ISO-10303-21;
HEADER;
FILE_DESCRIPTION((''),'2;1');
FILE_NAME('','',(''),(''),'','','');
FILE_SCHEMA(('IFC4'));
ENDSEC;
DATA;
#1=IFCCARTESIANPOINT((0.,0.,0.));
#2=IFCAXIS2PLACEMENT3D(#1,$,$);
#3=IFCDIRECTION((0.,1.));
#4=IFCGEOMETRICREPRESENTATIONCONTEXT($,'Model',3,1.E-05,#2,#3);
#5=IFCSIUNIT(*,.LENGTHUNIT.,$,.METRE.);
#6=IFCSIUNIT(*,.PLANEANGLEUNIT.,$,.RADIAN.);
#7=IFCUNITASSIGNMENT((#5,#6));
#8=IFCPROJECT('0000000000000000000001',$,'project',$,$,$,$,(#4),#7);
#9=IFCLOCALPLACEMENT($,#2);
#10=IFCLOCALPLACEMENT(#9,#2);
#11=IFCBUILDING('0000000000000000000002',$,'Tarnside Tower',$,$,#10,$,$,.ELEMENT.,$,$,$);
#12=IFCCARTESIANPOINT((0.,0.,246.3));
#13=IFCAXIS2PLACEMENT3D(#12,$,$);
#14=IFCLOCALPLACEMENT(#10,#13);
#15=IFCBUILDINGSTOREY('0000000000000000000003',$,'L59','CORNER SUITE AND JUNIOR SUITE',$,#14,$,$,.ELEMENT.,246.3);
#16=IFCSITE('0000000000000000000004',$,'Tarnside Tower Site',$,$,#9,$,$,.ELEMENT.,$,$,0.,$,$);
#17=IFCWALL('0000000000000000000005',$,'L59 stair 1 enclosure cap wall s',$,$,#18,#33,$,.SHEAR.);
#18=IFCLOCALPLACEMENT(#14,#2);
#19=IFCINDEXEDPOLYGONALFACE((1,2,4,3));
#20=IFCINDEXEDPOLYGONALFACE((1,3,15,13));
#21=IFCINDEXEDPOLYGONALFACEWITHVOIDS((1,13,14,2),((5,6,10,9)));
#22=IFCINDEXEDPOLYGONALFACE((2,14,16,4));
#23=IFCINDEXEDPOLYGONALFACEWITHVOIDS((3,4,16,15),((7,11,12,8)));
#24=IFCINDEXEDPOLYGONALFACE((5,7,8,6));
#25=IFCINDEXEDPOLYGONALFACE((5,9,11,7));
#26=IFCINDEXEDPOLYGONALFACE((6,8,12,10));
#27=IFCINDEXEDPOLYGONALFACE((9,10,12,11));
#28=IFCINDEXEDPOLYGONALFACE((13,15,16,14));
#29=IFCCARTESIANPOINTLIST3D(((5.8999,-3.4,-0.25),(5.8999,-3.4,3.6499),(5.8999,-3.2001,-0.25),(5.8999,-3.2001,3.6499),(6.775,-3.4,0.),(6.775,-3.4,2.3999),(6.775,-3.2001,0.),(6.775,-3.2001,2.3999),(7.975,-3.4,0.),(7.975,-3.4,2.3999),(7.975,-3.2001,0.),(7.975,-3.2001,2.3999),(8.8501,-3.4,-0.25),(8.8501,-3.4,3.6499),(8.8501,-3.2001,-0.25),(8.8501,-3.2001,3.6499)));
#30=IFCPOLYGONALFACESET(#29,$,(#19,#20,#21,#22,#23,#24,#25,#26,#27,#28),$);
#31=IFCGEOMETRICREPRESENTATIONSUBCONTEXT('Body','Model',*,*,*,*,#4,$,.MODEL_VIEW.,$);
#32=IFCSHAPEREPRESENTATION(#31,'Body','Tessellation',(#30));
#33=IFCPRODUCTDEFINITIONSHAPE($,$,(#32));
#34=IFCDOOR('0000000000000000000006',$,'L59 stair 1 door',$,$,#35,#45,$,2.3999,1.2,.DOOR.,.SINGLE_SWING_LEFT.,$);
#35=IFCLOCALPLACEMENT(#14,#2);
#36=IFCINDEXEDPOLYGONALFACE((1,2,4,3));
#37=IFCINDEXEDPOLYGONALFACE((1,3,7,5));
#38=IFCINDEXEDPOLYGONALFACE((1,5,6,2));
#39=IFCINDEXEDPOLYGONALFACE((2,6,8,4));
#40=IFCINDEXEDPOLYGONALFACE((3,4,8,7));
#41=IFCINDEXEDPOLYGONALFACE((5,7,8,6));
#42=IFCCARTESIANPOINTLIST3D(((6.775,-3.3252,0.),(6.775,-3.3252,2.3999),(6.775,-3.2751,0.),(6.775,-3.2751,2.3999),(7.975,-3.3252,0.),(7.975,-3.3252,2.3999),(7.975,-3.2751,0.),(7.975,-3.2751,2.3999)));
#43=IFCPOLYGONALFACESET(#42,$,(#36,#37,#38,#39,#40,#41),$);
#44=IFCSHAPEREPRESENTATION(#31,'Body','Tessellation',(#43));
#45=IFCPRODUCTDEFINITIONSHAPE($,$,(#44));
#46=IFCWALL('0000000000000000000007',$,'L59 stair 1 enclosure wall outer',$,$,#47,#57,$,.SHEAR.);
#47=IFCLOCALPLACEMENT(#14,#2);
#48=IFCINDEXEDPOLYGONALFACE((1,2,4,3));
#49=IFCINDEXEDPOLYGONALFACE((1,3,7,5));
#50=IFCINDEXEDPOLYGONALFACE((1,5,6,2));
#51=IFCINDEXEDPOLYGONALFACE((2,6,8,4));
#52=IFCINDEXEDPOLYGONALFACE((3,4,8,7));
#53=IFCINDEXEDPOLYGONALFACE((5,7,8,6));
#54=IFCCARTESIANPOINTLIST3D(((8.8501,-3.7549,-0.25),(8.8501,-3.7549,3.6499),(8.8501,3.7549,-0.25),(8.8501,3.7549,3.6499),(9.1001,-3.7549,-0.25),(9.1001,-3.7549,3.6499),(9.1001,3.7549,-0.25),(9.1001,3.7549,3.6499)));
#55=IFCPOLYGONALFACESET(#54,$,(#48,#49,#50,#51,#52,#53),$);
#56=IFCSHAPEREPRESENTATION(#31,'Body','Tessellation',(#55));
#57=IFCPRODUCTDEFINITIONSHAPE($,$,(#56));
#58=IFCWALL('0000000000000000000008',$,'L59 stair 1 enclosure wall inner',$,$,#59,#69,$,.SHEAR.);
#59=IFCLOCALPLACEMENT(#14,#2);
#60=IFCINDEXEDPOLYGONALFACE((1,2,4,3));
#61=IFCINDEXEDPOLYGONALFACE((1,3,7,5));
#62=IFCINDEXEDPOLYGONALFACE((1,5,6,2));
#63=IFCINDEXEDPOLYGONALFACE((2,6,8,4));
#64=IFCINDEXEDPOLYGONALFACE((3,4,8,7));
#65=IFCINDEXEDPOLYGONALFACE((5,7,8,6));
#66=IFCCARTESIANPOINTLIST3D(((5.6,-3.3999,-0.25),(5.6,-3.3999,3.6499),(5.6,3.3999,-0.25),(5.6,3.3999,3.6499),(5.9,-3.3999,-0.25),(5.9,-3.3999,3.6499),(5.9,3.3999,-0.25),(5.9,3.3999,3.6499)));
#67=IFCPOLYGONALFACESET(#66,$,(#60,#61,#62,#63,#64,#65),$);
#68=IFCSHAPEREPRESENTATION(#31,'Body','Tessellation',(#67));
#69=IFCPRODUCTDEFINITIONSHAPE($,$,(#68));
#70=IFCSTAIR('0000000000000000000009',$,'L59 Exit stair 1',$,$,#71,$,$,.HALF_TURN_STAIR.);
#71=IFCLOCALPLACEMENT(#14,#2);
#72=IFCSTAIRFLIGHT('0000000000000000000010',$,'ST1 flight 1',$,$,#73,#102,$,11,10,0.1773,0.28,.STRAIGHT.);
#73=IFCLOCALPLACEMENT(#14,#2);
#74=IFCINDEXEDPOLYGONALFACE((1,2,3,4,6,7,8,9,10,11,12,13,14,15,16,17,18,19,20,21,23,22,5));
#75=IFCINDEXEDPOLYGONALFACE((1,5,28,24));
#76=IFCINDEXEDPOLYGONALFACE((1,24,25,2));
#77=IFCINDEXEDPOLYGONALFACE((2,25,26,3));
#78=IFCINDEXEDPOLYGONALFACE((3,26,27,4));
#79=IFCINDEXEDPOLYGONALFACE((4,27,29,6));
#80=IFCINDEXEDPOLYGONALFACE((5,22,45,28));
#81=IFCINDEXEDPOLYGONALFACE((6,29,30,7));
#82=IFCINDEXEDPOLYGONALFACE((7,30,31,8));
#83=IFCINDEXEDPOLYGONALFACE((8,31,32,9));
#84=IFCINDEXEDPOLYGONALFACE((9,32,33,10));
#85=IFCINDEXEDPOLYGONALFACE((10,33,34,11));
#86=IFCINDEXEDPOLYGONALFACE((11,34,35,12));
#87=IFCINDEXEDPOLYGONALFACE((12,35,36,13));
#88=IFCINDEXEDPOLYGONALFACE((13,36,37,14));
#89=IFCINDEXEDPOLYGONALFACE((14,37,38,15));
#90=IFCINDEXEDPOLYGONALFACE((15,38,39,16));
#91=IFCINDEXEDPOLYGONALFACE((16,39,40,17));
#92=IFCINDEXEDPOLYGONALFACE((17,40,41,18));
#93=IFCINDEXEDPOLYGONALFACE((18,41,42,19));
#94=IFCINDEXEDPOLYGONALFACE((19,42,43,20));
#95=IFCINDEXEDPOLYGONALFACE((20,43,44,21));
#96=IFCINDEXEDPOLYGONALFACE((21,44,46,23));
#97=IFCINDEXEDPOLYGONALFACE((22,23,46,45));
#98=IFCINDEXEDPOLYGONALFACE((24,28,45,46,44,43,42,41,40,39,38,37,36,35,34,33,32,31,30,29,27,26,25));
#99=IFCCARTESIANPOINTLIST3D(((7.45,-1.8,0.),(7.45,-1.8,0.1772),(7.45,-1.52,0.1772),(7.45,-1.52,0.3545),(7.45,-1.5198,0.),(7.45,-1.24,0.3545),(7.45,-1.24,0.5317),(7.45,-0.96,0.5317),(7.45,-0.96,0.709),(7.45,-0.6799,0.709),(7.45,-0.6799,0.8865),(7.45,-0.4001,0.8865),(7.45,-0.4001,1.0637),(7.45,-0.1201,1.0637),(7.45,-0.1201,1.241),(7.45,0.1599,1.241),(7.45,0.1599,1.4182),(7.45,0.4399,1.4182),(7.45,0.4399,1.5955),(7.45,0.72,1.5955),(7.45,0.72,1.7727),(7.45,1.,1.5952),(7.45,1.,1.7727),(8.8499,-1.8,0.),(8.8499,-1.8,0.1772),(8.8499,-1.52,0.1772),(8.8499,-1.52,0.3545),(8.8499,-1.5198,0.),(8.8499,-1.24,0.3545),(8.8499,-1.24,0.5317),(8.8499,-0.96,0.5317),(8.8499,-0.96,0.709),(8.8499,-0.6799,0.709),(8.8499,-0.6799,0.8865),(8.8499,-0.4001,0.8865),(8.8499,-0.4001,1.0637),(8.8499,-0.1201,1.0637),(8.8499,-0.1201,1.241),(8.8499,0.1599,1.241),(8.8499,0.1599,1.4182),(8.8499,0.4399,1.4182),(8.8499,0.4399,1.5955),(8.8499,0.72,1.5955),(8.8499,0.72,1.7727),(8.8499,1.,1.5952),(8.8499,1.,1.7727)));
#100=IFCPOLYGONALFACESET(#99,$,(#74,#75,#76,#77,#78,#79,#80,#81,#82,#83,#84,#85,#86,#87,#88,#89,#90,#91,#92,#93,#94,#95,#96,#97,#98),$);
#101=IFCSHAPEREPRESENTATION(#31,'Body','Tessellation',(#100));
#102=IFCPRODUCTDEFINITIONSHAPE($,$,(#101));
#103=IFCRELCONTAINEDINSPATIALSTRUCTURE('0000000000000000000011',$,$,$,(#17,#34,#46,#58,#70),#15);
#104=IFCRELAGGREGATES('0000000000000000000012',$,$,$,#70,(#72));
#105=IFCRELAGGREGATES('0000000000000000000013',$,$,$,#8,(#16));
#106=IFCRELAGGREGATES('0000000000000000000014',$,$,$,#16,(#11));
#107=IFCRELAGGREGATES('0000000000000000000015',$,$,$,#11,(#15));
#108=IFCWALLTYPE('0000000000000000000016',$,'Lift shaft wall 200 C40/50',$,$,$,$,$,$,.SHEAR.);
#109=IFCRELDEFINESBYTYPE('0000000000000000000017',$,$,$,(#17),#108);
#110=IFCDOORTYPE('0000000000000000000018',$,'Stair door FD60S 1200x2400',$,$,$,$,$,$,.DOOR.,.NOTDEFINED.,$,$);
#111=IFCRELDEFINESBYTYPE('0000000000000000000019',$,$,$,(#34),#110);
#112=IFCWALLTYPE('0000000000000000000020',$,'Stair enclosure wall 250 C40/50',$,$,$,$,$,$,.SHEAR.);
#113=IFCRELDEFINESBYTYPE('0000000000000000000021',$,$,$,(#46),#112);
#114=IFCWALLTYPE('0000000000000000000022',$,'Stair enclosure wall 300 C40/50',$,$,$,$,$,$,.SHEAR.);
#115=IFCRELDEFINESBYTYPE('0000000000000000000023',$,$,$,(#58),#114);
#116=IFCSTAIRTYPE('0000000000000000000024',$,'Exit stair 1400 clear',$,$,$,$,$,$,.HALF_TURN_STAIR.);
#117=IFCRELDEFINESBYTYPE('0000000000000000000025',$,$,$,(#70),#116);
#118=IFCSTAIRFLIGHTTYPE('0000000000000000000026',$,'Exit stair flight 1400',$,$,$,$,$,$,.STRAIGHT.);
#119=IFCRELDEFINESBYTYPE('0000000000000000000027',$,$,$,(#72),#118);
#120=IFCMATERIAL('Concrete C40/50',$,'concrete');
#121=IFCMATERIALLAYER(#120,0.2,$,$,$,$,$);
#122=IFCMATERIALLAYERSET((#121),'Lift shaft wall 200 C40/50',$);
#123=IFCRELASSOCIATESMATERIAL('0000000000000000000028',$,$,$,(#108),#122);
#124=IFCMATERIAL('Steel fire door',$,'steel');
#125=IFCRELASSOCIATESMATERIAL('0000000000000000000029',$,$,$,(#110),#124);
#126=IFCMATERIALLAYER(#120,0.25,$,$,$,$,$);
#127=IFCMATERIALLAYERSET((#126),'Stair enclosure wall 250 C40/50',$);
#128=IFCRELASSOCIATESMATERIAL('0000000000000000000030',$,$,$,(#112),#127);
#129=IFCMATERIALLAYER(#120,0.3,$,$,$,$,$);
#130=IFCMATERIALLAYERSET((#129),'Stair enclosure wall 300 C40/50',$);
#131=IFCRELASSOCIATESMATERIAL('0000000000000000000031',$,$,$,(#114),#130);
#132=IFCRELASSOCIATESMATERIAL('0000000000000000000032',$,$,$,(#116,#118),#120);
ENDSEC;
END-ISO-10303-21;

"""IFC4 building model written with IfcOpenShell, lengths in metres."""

from ifc_helpers import new_model, si_unit, direction, frame, frame_2d, origin, place, context, subcontext, project, spatial, polyline, rectangle, outline, extrude, material, layer, layer_set, type_object, element, fill, aggregate, save


model = new_model("IFC4")

# Units and contexts
model_context = context("Model", 3, precision=1e-05, world=origin(), true_north=direction((0.0, 1.0)))
body_context = subcontext(model_context, "Body", "Model", "MODEL_VIEW")
ifc_project = project(units=[si_unit("LENGTHUNIT", "METRE"), si_unit("PLANEANGLEUNIT", "RADIAN")], contexts=[model_context])

# Site, building, storey
site_placement = place(None, origin())
site = spatial("IfcSite", under=ifc_project, at=site_placement, Name="Tarnside Tower Site", CompositionType="ELEMENT", RefElevation=0.0)
building_placement = place(site_placement, origin())
building = spatial("IfcBuilding", under=site, at=building_placement, Name="Tarnside Tower", CompositionType="ELEMENT")
storey_placement = place(building_placement, frame((0.0, 0.0, 246.3)))
storey = spatial("IfcBuildingStorey", under=building, at=storey_placement, Name="L59", Description="CORNER SUITE AND JUNIOR SUITE", CompositionType="ELEMENT", Elevation=246.3)

# Shared definitions
ifc_material_1 = material(Name="Concrete C40/50", Category="concrete")

# Shared definitions
ifc_material_2 = material(Name="Steel fire door", Category="steel")

# Shared definitions
ifc_layer_1 = layer(ifc_material_1, 0.2)
ifc_layer_set_1 = layer_set([ifc_layer_1], Name="Lift shaft wall 200 C40/50")
wall_type_1 = type_object("IfcWallType", Name="Lift shaft wall 200 C40/50", PredefinedType="SHEAR", material=ifc_layer_set_1)

# Wall, opening, door
wall_1_placement = place(storey_placement, frame((5.8999, -3.3, -0.25), z_axis=(0.0, 0.0, 1.0), x_axis=(1.0, 0.0, 0.0)))
wall_1 = element("IfcWall", 1, at=wall_1_placement, inside=storey, type_object=wall_type_1, Name="L59 stair 1 enclosure cap wall s", PredefinedType="SHEAR", context=body_context, shape_type="SweptSolid", body=[
    extrude(rectangle(XDim=2.9502, YDim=0.2, at=frame_2d((1.4751, 0.0))), origin(), (0.0, 0.0, 1.0), 3.8999),
])
opening_1_placement = place(wall_1_placement, frame((0.875, 0.0, 0.25)))
opening_1 = element("IfcOpeningElement", 2, at=opening_1_placement, cuts=wall_1, PredefinedType="OPENING", context=body_context, shape_type="SweptSolid", body=[
    extrude(rectangle(XDim=1.2, YDim=2.3999, at=frame_2d((0.6001, 1.2))), frame((0.0, 0.1099, 0.0), z_axis=(0.0, -1.0, 0.0), x_axis=(1.0, 0.0, 0.0)), (0.0, 0.0, 1.0), 0.22),
])
door_type_1 = type_object("IfcDoorType", Name="Stair door FD60S 1200x2400", OperationType="NOTDEFINED", PredefinedType="DOOR", material=ifc_material_2)
door_1_placement = place(opening_1_placement, origin())
door_1 = element("IfcDoor", 3, at=door_1_placement, inside=storey, type_object=door_type_1, Name="L59 stair 1 door", OperationType="SINGLE_SWING_LEFT", OverallHeight=2.3999, OverallWidth=1.2, PredefinedType="DOOR", context=body_context, shape_type="SweptSolid", body=[
    extrude(rectangle(XDim=1.2, YDim=2.3999, at=frame_2d((0.6001, 1.2))), frame((0.0, 0.0249, 0.0), z_axis=(0.0, -1.0, 0.0), x_axis=(1.0, 0.0, 0.0)), (0.0, 0.0, 1.0), 0.05),
])
fill(opening_1, door_1)

# Walls
ifc_layer_2 = layer(ifc_material_1, 0.25)
ifc_layer_set_2 = layer_set([ifc_layer_2], Name="Stair enclosure wall 250 C40/50")
wall_type_2 = type_object("IfcWallType", Name="Stair enclosure wall 250 C40/50", PredefinedType="SHEAR", material=ifc_layer_set_2)
wall_2_placement = place(storey_placement, frame((8.9751, -3.7549, -0.25), z_axis=(0.0, 0.0, 1.0), x_axis=(0.0, 1.0, 0.0)))
element("IfcWall", 4, at=wall_2_placement, inside=storey, type_object=wall_type_2, Name="L59 stair 1 enclosure wall outer", PredefinedType="SHEAR", context=body_context, shape_type="SweptSolid", body=[
    extrude(rectangle(XDim=7.5098, YDim=0.25, at=frame_2d((3.7549, 0.0))), origin(), (0.0, 0.0, 1.0), 3.8999),
])
ifc_layer_3 = layer(ifc_material_1, 0.3)
ifc_layer_set_3 = layer_set([ifc_layer_3], Name="Stair enclosure wall 300 C40/50")
wall_type_3 = type_object("IfcWallType", Name="Stair enclosure wall 300 C40/50", PredefinedType="SHEAR", material=ifc_layer_set_3)
wall_3_placement = place(storey_placement, frame((5.75, -3.3999, -0.25), z_axis=(0.0, 0.0, 1.0), x_axis=(0.0, 1.0, 0.0)))
element("IfcWall", 5, at=wall_3_placement, inside=storey, type_object=wall_type_3, Name="L59 stair 1 enclosure wall inner", PredefinedType="SHEAR", context=body_context, shape_type="SweptSolid", body=[
    extrude(rectangle(XDim=6.7998, YDim=0.3, at=frame_2d((3.3999, 0.0))), origin(), (0.0, 0.0, 1.0), 3.8999),
])

# Stair, stair flight
stair_type = type_object("IfcStairType", Name="Exit stair 1400 clear", PredefinedType="HALF_TURN_STAIR", material=ifc_material_1)
stair_placement = place(storey_placement, origin())
stair = element("IfcStair", 6, at=stair_placement, inside=storey, type_object=stair_type, Name="L59 Exit stair 1", PredefinedType="HALF_TURN_STAIR")
stair_flight_type = type_object("IfcStairFlightType", Name="Exit stair flight 1400", PredefinedType="STRAIGHT", material=ifc_material_1)
stair_flight_placement = place(storey_placement, frame((8.1499, -1.8, 0.0), z_axis=(0.0, 0.0, 1.0), x_axis=(0.0, 1.0, 0.0)))
stair_flight = element("IfcStairFlight", 7, at=stair_flight_placement, type_object=stair_flight_type, Name="ST1 flight 1", NumberOfRisers=11, NumberOfTreads=10, PredefinedType="STRAIGHT", RiserHeight=0.1773, TreadLength=0.28, context=body_context, shape_type="SweptSolid", body=[
    extrude(outline(polyline([(0.0, 0.0), (0.0, 0.1772), (0.28, 0.1772), (0.28, 0.3545), (0.5601, 0.3545), (0.5601, 0.5317), (0.8401, 0.5317), (0.8401, 0.709), (1.1201, 0.709), (1.1201, 0.8865), (1.3999, 0.8865), (1.3999, 1.0637), (1.6799, 1.0637), (1.6799, 1.241), (1.96, 1.241), (1.96, 1.4182), (2.24, 1.4182), (2.24, 1.5955), (2.52, 1.5955), (2.52, 1.7727), (2.8, 1.7727), (2.8, 1.95), (2.8, 1.5952), (0.2803, 0.0), (0.0, 0.0)])), frame((0.0, 0.7, 0.0), z_axis=(0.0, -1.0, 0.0), x_axis=(1.0, 0.0, 0.0)), (0.0, 0.0, 1.0), 1.3999),
])
aggregate(stair, [stair_flight])

save(model, "model.ifc")
